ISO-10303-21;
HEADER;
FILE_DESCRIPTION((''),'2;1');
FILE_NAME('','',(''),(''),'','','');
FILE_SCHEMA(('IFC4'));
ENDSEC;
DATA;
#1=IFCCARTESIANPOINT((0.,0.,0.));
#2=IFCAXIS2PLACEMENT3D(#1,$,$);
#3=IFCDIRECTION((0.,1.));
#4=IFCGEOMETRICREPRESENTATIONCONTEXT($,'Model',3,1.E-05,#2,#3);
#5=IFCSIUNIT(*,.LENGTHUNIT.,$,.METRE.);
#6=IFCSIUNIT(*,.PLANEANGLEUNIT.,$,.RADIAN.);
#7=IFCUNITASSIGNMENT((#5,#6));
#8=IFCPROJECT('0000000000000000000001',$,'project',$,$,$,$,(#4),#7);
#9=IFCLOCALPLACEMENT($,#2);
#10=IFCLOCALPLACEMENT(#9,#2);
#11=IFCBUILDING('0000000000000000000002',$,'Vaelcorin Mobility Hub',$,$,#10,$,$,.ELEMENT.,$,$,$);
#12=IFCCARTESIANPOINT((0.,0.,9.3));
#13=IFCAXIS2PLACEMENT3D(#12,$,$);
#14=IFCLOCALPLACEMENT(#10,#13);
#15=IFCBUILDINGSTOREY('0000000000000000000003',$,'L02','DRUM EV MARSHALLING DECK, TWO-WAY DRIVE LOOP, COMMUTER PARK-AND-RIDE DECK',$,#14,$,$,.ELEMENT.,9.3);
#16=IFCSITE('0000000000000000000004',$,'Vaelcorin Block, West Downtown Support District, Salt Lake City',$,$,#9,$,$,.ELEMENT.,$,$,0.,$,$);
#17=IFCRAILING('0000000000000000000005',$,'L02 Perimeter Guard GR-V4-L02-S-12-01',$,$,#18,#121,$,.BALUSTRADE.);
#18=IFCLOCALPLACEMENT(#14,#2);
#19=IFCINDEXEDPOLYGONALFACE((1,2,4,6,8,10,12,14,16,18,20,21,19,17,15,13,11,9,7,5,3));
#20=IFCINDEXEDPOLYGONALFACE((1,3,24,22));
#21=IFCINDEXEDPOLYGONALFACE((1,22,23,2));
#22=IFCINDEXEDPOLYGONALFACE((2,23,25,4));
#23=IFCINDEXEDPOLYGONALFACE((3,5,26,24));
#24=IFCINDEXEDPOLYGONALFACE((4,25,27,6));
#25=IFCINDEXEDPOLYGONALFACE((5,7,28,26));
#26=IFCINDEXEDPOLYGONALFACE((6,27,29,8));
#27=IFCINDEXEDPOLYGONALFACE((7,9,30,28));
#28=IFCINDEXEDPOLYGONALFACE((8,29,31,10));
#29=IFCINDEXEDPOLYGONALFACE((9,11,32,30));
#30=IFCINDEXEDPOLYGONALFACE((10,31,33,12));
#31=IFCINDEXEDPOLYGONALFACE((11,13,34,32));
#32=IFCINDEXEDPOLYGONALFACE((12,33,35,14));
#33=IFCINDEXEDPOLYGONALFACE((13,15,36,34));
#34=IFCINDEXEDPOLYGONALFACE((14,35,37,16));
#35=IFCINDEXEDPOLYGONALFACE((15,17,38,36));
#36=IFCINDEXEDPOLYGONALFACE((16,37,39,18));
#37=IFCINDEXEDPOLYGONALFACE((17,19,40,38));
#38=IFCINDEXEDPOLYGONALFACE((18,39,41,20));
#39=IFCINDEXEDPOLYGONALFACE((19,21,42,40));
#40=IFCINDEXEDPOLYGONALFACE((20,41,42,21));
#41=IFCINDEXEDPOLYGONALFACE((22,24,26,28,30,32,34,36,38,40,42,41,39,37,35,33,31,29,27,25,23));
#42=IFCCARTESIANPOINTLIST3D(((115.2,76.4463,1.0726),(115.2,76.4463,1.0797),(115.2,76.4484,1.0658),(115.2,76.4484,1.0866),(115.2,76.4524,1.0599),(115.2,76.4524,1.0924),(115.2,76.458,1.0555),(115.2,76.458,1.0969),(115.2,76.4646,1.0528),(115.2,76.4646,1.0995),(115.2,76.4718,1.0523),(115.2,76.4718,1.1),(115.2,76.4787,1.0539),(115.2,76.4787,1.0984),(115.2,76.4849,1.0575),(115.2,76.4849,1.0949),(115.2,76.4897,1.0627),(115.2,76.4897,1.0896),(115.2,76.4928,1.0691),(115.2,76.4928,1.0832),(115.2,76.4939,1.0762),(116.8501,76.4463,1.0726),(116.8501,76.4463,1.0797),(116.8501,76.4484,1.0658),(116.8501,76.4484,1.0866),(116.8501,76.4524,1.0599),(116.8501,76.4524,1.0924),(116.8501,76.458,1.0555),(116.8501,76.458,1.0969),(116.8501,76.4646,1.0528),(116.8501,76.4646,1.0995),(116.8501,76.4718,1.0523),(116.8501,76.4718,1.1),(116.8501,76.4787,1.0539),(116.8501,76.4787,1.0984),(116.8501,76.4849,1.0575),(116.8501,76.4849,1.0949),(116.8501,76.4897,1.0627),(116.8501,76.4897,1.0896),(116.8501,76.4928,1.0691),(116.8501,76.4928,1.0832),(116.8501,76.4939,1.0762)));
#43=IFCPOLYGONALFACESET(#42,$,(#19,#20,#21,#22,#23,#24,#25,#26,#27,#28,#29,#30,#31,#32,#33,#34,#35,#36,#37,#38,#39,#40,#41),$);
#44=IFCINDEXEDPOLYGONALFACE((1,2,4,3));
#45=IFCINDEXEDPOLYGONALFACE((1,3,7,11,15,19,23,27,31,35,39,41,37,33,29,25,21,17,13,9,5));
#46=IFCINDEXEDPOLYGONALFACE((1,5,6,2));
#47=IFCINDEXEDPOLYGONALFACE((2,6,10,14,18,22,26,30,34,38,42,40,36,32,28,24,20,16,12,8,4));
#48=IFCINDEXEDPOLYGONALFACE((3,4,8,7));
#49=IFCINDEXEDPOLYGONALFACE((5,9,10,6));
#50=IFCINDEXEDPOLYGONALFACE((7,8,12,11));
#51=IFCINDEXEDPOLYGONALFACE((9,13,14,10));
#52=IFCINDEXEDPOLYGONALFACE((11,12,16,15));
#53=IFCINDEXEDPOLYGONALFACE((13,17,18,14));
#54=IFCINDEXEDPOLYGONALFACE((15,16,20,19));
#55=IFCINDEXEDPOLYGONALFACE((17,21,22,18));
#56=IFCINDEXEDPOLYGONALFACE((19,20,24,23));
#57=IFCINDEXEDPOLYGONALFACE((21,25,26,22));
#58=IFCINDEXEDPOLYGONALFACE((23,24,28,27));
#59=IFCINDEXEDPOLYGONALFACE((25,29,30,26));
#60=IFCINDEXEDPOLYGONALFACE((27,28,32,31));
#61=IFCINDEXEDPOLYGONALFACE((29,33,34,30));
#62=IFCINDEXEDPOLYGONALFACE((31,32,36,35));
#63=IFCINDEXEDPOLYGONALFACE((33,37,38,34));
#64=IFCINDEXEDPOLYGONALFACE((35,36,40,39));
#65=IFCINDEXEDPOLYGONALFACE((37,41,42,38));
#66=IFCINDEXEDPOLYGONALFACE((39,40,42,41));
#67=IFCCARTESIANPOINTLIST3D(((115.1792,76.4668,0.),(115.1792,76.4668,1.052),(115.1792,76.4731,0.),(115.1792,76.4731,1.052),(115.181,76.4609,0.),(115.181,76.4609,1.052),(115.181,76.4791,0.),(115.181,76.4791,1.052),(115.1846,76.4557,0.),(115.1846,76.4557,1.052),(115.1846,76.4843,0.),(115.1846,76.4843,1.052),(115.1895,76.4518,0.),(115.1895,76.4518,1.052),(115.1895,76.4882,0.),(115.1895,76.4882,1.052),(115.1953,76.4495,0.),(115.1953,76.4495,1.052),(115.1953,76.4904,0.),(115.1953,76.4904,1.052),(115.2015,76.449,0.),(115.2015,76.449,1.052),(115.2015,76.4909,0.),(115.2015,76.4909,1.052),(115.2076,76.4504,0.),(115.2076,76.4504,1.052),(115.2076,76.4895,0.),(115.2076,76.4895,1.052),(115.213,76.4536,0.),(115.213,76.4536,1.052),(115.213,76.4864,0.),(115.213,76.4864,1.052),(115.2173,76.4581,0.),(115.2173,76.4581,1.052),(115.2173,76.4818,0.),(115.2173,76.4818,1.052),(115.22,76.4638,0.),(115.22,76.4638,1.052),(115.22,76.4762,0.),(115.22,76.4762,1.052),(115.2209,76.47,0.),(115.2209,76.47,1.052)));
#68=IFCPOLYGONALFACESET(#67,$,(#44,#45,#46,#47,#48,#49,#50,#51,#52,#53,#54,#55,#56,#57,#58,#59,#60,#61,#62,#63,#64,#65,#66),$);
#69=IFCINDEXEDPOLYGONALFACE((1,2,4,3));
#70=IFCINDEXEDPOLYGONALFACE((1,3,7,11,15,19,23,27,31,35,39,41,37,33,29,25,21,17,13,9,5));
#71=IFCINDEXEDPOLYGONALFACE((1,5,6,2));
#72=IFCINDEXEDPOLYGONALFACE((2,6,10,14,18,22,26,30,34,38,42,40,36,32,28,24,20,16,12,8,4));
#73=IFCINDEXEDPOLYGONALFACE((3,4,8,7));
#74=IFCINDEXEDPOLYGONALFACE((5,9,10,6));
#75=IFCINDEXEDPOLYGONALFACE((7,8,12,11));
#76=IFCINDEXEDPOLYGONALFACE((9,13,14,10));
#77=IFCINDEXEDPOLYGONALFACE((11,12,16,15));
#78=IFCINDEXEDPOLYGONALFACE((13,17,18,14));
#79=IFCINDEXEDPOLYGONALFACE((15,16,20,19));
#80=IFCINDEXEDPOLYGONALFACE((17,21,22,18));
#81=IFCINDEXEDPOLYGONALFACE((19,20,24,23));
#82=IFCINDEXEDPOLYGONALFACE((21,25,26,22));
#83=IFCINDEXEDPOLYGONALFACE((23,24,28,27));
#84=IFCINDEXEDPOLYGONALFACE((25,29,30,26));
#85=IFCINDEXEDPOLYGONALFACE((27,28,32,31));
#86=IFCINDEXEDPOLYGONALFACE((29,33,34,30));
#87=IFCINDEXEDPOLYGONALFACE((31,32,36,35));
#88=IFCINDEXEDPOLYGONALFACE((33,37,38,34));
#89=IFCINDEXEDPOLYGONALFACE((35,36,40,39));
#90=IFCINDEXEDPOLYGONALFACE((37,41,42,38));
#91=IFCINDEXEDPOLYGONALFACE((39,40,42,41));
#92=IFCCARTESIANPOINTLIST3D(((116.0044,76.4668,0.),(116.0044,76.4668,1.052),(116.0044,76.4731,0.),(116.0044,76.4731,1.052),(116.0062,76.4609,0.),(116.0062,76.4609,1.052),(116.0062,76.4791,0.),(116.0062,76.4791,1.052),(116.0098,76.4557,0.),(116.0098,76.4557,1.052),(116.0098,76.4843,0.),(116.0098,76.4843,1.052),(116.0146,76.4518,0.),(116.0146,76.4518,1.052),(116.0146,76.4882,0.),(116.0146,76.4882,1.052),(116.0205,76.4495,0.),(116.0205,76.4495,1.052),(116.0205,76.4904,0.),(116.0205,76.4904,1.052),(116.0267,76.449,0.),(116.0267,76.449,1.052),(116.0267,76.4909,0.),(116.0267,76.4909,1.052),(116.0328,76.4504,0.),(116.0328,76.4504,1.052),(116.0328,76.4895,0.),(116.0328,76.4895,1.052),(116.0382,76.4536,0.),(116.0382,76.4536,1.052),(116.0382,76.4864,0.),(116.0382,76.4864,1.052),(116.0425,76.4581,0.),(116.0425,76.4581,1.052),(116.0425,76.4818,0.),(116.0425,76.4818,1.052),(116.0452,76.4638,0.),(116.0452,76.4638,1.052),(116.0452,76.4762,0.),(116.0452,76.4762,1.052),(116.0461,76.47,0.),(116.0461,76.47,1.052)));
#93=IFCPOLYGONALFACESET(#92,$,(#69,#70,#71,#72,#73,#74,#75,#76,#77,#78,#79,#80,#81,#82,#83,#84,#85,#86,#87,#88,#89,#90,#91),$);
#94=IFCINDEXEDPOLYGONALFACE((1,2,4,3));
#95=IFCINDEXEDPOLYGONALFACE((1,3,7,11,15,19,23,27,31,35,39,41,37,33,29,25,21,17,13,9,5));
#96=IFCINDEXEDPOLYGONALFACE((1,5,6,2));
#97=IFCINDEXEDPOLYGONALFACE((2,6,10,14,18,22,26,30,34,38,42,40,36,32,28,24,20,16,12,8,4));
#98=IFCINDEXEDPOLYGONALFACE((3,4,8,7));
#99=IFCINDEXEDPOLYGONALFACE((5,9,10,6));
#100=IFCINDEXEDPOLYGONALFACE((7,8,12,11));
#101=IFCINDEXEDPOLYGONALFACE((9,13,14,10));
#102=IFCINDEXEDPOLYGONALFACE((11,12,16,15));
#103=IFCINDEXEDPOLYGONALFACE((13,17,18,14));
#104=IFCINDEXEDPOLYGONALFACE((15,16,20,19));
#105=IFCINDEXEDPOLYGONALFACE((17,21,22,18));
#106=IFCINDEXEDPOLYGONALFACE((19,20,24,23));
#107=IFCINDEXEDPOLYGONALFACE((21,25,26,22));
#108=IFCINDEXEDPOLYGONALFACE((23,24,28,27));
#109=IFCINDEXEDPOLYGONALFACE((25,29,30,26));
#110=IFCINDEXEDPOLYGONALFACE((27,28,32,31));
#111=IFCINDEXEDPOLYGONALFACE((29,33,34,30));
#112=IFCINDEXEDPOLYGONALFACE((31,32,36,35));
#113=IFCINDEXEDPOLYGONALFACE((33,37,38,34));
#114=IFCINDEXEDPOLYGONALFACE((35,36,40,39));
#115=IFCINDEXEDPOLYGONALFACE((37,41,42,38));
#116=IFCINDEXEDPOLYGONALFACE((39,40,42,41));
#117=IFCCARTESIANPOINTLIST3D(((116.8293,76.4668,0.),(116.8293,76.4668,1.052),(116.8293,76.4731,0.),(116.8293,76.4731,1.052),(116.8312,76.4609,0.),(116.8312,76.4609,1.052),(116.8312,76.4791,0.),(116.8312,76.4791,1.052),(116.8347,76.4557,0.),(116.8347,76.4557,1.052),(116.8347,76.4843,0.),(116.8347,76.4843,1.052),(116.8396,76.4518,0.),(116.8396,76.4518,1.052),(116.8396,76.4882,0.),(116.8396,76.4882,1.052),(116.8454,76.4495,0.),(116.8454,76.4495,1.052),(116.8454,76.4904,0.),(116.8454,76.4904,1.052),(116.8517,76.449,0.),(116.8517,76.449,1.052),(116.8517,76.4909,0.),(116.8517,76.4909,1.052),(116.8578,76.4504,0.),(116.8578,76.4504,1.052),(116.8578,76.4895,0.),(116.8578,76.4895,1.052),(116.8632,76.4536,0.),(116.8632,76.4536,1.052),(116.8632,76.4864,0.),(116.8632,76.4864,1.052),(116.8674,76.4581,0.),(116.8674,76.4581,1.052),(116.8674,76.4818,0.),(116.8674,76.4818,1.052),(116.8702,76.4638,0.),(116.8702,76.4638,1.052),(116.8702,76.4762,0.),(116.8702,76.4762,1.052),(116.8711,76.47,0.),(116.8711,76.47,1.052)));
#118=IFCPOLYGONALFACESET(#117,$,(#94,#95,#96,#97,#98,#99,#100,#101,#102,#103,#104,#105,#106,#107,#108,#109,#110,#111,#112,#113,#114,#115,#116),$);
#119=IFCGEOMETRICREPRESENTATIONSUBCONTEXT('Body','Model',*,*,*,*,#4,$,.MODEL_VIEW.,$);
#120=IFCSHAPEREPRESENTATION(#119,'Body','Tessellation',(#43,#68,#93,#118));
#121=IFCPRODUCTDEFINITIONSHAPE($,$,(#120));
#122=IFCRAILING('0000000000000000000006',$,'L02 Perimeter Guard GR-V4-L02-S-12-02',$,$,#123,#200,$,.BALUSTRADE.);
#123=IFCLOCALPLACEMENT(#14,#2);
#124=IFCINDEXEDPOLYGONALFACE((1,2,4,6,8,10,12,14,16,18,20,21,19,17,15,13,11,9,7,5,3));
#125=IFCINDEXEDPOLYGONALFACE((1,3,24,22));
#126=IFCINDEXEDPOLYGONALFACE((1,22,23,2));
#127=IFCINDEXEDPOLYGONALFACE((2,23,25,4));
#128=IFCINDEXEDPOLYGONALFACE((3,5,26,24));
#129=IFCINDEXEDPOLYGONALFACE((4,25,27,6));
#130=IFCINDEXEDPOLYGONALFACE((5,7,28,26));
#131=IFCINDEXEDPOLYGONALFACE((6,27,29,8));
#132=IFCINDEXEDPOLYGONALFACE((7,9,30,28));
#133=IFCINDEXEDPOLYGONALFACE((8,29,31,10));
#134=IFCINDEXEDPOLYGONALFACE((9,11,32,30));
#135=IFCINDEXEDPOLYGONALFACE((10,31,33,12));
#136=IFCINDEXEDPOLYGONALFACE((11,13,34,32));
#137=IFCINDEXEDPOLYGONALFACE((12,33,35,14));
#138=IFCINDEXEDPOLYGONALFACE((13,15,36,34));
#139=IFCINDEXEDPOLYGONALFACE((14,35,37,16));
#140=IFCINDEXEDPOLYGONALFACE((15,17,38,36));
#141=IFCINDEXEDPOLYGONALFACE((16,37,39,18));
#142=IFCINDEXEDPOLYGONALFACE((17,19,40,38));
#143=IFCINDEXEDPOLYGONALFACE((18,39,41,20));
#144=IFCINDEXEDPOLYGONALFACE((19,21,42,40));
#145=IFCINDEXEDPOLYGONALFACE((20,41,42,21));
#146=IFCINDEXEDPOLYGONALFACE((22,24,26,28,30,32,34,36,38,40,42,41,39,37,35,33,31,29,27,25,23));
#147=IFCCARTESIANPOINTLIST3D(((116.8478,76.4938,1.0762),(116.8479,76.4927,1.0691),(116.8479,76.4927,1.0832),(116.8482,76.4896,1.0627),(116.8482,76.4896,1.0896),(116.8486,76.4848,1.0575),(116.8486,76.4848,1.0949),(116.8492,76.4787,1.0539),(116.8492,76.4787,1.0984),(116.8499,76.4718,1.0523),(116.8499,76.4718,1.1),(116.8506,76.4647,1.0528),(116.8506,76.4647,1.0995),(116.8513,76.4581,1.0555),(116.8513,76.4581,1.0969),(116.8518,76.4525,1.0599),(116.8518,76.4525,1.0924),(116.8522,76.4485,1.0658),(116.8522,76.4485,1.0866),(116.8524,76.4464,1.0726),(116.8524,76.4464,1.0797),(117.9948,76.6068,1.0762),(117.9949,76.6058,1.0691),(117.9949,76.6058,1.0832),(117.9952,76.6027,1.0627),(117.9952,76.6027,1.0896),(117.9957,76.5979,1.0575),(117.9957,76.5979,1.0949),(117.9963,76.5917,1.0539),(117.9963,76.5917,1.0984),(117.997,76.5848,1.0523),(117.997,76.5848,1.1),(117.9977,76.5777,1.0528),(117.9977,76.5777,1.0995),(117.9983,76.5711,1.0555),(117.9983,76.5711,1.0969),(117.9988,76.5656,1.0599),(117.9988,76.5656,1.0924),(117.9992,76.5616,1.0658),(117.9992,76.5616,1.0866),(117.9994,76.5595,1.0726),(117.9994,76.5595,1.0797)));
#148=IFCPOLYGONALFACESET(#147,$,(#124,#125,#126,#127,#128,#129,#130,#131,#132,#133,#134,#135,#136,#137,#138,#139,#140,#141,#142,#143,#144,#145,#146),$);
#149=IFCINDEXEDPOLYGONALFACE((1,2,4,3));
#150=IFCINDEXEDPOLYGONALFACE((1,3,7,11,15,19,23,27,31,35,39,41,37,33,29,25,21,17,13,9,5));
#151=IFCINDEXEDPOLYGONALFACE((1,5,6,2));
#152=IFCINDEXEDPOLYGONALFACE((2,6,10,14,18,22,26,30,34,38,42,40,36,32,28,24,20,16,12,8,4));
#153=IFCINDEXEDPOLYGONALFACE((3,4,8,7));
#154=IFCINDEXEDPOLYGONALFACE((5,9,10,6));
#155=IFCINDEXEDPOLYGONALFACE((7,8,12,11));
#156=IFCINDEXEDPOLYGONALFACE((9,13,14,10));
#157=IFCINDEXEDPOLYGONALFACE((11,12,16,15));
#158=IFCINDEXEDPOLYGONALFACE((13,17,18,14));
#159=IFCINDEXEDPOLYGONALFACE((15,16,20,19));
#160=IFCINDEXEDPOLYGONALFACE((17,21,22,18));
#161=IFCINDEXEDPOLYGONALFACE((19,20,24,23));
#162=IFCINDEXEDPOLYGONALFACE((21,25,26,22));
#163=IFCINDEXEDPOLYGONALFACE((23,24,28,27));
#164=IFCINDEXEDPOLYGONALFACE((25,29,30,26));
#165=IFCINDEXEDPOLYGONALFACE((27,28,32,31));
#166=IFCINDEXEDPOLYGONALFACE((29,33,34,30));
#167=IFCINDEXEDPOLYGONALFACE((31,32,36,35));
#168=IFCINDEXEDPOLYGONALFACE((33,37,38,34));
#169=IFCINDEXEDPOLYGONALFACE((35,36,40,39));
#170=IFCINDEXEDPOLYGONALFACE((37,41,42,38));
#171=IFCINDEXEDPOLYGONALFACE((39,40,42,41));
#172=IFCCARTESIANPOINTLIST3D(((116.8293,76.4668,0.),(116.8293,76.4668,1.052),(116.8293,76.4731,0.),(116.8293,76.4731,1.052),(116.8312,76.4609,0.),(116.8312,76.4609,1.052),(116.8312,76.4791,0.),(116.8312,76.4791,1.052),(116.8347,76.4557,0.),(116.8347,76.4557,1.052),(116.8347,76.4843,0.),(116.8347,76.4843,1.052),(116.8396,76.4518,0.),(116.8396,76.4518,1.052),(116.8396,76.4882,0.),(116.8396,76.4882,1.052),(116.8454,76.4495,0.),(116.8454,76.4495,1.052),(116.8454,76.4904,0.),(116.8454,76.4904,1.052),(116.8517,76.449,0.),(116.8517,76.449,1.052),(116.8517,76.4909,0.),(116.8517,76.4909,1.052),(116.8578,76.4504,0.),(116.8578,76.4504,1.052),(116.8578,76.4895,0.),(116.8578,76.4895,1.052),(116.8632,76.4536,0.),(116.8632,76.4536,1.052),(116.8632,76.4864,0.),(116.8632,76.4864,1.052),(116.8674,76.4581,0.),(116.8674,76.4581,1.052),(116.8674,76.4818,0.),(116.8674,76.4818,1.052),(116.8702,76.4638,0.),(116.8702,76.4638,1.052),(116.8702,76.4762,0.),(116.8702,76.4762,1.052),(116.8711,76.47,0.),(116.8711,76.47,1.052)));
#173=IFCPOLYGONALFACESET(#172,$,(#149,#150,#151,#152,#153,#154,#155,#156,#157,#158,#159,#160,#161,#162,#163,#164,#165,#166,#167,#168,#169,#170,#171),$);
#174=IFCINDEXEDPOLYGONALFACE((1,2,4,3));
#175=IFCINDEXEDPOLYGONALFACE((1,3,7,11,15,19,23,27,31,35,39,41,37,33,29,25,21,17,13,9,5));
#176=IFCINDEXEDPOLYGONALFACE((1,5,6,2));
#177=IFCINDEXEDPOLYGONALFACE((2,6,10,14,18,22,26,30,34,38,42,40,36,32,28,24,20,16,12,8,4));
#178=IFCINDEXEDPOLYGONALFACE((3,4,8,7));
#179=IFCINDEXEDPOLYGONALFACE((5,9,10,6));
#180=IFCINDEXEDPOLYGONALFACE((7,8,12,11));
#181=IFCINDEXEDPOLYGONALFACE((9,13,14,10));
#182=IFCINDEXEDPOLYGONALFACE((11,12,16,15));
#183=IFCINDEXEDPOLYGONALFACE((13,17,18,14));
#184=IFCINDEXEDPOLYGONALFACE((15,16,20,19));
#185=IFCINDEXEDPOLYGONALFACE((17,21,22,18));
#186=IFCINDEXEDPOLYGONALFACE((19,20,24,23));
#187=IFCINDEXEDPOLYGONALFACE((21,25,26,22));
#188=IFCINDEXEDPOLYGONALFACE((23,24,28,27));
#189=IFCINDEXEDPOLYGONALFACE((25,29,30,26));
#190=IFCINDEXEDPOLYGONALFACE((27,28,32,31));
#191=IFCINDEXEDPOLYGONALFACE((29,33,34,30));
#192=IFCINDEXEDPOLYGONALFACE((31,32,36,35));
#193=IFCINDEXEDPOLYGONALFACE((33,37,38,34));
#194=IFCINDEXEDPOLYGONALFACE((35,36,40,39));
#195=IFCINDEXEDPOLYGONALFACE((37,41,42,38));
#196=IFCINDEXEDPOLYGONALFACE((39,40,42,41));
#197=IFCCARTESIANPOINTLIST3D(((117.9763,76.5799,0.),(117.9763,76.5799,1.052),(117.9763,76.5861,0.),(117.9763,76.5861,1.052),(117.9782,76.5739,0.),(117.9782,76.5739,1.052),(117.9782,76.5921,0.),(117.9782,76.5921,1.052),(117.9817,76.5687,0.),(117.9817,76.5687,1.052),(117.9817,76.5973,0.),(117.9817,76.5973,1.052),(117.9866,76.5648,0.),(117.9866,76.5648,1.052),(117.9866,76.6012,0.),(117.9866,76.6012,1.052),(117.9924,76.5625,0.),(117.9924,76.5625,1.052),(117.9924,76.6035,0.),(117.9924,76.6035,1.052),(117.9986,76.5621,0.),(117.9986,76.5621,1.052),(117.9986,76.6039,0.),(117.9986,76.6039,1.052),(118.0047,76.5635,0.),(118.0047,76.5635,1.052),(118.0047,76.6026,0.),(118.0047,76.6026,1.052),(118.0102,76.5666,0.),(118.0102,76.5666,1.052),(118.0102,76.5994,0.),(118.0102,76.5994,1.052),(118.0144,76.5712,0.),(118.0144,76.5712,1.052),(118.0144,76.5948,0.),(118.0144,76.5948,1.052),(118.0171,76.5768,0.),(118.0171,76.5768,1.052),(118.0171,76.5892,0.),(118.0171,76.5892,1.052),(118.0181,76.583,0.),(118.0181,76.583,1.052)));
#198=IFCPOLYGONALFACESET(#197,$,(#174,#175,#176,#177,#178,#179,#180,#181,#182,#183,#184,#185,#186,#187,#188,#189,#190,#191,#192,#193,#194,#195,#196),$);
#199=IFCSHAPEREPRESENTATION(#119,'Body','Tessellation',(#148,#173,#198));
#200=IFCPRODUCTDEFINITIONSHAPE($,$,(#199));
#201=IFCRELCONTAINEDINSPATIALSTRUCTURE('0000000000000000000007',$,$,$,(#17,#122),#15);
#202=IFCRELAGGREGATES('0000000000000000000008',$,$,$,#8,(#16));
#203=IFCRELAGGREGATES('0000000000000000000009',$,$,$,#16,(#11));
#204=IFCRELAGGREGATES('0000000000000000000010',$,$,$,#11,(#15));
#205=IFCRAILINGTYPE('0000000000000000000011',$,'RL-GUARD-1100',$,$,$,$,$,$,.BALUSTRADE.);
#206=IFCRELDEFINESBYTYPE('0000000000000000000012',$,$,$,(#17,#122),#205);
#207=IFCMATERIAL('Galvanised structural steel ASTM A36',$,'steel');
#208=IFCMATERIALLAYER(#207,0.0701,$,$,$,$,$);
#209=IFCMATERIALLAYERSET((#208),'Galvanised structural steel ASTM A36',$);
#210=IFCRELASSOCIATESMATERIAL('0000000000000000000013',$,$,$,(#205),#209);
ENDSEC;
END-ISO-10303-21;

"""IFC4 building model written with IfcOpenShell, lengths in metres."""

from ifc_helpers import new_model, si_unit, direction, frame, origin, origin_2d, place, context, subcontext, project, spatial, circle, extrude, material, layer, layer_set, type_object, element, save


model = new_model("IFC4")

# Units and contexts
model_context = context("Model", 3, precision=1e-05, world=origin(), true_north=direction((0.0, 1.0)))
body_context = subcontext(model_context, "Body", "Model", "MODEL_VIEW")
ifc_project = project(units=[si_unit("LENGTHUNIT", "METRE"), si_unit("PLANEANGLEUNIT", "RADIAN")], contexts=[model_context])

# Site, building, storey
site_placement = place(None, origin())
site = spatial("IfcSite", under=ifc_project, at=site_placement, Name="Vaelcorin Block, West Downtown Support District, Salt Lake City", CompositionType="ELEMENT", RefElevation=0.0)
building_placement = place(site_placement, origin())
building = spatial("IfcBuilding", under=site, at=building_placement, Name="Vaelcorin Mobility Hub", CompositionType="ELEMENT")
storey_placement = place(building_placement, frame((0.0, 0.0, 9.3)))
storey = spatial("IfcBuildingStorey", under=building, at=storey_placement, Name="L02", Description="DRUM EV MARSHALLING DECK, TWO-WAY DRIVE LOOP, COMMUTER PARK-AND-RIDE DECK", CompositionType="ELEMENT", Elevation=9.3)

# Railings
ifc_material_1 = material(Name="Galvanised structural steel ASTM A36", Category="steel")
ifc_layer = layer(ifc_material_1, 0.0701)
ifc_layer_set = layer_set([ifc_layer], Name="Galvanised structural steel ASTM A36")
railing_type = type_object("IfcRailingType", Name="RL-GUARD-1100", PredefinedType="BALUSTRADE", material=ifc_layer_set)
railing_1_placement = place(storey_placement, frame((115.2, 76.47, 0.0)))
element("IfcRailing", 1, at=railing_1_placement, inside=storey, type_object=railing_type, Name="L02 Perimeter Guard GR-V4-L02-S-12-01", PredefinedType="BALUSTRADE", context=body_context, shape_type="SweptSolid", body=[
    extrude(circle(Radius=0.0239, at=origin_2d()), frame((0.0, 0.0, 1.0762), z_axis=(1.0, 0.0, 0.0), x_axis=(0.0, 1.0, 0.0)), (0.0, 0.0, 1.0), 1.6501),
    extrude(circle(Radius=0.021, at=origin_2d()), origin(), (0.0, 0.0, 1.0), 1.052),
    extrude(circle(Radius=0.021, at=origin_2d()), frame((0.8252, 0.0, 0.0)), (0.0, 0.0, 1.0), 1.052),
    extrude(circle(Radius=0.021, at=origin_2d()), frame((1.6501, 0.0, 0.0)), (0.0, 0.0, 1.0), 1.052),
])
railing_2_placement = place(storey_placement, frame((116.8501, 76.47, 0.0)))
element("IfcRailing", 2, at=railing_2_placement, inside=storey, type_object=railing_type, Name="L02 Perimeter Guard GR-V4-L02-S-12-02", PredefinedType="BALUSTRADE", context=body_context, shape_type="SweptSolid", body=[
    extrude(circle(Radius=0.0239, at=origin_2d()), frame((0.0, 0.0, 1.0762), z_axis=(0.995179, 0.098077, 0.0), x_axis=(-0.098077, 0.995179, 0.0)), (0.0, 0.0, 1.0), 1.1526),
    extrude(circle(Radius=0.021, at=origin_2d()), origin(), (0.0, 0.0, 1.0), 1.052),
    extrude(circle(Radius=0.021, at=origin_2d()), frame((1.147, 0.113, 0.0)), (0.0, 0.0, 1.0), 1.052),
])

save(model, "model.ifc")
